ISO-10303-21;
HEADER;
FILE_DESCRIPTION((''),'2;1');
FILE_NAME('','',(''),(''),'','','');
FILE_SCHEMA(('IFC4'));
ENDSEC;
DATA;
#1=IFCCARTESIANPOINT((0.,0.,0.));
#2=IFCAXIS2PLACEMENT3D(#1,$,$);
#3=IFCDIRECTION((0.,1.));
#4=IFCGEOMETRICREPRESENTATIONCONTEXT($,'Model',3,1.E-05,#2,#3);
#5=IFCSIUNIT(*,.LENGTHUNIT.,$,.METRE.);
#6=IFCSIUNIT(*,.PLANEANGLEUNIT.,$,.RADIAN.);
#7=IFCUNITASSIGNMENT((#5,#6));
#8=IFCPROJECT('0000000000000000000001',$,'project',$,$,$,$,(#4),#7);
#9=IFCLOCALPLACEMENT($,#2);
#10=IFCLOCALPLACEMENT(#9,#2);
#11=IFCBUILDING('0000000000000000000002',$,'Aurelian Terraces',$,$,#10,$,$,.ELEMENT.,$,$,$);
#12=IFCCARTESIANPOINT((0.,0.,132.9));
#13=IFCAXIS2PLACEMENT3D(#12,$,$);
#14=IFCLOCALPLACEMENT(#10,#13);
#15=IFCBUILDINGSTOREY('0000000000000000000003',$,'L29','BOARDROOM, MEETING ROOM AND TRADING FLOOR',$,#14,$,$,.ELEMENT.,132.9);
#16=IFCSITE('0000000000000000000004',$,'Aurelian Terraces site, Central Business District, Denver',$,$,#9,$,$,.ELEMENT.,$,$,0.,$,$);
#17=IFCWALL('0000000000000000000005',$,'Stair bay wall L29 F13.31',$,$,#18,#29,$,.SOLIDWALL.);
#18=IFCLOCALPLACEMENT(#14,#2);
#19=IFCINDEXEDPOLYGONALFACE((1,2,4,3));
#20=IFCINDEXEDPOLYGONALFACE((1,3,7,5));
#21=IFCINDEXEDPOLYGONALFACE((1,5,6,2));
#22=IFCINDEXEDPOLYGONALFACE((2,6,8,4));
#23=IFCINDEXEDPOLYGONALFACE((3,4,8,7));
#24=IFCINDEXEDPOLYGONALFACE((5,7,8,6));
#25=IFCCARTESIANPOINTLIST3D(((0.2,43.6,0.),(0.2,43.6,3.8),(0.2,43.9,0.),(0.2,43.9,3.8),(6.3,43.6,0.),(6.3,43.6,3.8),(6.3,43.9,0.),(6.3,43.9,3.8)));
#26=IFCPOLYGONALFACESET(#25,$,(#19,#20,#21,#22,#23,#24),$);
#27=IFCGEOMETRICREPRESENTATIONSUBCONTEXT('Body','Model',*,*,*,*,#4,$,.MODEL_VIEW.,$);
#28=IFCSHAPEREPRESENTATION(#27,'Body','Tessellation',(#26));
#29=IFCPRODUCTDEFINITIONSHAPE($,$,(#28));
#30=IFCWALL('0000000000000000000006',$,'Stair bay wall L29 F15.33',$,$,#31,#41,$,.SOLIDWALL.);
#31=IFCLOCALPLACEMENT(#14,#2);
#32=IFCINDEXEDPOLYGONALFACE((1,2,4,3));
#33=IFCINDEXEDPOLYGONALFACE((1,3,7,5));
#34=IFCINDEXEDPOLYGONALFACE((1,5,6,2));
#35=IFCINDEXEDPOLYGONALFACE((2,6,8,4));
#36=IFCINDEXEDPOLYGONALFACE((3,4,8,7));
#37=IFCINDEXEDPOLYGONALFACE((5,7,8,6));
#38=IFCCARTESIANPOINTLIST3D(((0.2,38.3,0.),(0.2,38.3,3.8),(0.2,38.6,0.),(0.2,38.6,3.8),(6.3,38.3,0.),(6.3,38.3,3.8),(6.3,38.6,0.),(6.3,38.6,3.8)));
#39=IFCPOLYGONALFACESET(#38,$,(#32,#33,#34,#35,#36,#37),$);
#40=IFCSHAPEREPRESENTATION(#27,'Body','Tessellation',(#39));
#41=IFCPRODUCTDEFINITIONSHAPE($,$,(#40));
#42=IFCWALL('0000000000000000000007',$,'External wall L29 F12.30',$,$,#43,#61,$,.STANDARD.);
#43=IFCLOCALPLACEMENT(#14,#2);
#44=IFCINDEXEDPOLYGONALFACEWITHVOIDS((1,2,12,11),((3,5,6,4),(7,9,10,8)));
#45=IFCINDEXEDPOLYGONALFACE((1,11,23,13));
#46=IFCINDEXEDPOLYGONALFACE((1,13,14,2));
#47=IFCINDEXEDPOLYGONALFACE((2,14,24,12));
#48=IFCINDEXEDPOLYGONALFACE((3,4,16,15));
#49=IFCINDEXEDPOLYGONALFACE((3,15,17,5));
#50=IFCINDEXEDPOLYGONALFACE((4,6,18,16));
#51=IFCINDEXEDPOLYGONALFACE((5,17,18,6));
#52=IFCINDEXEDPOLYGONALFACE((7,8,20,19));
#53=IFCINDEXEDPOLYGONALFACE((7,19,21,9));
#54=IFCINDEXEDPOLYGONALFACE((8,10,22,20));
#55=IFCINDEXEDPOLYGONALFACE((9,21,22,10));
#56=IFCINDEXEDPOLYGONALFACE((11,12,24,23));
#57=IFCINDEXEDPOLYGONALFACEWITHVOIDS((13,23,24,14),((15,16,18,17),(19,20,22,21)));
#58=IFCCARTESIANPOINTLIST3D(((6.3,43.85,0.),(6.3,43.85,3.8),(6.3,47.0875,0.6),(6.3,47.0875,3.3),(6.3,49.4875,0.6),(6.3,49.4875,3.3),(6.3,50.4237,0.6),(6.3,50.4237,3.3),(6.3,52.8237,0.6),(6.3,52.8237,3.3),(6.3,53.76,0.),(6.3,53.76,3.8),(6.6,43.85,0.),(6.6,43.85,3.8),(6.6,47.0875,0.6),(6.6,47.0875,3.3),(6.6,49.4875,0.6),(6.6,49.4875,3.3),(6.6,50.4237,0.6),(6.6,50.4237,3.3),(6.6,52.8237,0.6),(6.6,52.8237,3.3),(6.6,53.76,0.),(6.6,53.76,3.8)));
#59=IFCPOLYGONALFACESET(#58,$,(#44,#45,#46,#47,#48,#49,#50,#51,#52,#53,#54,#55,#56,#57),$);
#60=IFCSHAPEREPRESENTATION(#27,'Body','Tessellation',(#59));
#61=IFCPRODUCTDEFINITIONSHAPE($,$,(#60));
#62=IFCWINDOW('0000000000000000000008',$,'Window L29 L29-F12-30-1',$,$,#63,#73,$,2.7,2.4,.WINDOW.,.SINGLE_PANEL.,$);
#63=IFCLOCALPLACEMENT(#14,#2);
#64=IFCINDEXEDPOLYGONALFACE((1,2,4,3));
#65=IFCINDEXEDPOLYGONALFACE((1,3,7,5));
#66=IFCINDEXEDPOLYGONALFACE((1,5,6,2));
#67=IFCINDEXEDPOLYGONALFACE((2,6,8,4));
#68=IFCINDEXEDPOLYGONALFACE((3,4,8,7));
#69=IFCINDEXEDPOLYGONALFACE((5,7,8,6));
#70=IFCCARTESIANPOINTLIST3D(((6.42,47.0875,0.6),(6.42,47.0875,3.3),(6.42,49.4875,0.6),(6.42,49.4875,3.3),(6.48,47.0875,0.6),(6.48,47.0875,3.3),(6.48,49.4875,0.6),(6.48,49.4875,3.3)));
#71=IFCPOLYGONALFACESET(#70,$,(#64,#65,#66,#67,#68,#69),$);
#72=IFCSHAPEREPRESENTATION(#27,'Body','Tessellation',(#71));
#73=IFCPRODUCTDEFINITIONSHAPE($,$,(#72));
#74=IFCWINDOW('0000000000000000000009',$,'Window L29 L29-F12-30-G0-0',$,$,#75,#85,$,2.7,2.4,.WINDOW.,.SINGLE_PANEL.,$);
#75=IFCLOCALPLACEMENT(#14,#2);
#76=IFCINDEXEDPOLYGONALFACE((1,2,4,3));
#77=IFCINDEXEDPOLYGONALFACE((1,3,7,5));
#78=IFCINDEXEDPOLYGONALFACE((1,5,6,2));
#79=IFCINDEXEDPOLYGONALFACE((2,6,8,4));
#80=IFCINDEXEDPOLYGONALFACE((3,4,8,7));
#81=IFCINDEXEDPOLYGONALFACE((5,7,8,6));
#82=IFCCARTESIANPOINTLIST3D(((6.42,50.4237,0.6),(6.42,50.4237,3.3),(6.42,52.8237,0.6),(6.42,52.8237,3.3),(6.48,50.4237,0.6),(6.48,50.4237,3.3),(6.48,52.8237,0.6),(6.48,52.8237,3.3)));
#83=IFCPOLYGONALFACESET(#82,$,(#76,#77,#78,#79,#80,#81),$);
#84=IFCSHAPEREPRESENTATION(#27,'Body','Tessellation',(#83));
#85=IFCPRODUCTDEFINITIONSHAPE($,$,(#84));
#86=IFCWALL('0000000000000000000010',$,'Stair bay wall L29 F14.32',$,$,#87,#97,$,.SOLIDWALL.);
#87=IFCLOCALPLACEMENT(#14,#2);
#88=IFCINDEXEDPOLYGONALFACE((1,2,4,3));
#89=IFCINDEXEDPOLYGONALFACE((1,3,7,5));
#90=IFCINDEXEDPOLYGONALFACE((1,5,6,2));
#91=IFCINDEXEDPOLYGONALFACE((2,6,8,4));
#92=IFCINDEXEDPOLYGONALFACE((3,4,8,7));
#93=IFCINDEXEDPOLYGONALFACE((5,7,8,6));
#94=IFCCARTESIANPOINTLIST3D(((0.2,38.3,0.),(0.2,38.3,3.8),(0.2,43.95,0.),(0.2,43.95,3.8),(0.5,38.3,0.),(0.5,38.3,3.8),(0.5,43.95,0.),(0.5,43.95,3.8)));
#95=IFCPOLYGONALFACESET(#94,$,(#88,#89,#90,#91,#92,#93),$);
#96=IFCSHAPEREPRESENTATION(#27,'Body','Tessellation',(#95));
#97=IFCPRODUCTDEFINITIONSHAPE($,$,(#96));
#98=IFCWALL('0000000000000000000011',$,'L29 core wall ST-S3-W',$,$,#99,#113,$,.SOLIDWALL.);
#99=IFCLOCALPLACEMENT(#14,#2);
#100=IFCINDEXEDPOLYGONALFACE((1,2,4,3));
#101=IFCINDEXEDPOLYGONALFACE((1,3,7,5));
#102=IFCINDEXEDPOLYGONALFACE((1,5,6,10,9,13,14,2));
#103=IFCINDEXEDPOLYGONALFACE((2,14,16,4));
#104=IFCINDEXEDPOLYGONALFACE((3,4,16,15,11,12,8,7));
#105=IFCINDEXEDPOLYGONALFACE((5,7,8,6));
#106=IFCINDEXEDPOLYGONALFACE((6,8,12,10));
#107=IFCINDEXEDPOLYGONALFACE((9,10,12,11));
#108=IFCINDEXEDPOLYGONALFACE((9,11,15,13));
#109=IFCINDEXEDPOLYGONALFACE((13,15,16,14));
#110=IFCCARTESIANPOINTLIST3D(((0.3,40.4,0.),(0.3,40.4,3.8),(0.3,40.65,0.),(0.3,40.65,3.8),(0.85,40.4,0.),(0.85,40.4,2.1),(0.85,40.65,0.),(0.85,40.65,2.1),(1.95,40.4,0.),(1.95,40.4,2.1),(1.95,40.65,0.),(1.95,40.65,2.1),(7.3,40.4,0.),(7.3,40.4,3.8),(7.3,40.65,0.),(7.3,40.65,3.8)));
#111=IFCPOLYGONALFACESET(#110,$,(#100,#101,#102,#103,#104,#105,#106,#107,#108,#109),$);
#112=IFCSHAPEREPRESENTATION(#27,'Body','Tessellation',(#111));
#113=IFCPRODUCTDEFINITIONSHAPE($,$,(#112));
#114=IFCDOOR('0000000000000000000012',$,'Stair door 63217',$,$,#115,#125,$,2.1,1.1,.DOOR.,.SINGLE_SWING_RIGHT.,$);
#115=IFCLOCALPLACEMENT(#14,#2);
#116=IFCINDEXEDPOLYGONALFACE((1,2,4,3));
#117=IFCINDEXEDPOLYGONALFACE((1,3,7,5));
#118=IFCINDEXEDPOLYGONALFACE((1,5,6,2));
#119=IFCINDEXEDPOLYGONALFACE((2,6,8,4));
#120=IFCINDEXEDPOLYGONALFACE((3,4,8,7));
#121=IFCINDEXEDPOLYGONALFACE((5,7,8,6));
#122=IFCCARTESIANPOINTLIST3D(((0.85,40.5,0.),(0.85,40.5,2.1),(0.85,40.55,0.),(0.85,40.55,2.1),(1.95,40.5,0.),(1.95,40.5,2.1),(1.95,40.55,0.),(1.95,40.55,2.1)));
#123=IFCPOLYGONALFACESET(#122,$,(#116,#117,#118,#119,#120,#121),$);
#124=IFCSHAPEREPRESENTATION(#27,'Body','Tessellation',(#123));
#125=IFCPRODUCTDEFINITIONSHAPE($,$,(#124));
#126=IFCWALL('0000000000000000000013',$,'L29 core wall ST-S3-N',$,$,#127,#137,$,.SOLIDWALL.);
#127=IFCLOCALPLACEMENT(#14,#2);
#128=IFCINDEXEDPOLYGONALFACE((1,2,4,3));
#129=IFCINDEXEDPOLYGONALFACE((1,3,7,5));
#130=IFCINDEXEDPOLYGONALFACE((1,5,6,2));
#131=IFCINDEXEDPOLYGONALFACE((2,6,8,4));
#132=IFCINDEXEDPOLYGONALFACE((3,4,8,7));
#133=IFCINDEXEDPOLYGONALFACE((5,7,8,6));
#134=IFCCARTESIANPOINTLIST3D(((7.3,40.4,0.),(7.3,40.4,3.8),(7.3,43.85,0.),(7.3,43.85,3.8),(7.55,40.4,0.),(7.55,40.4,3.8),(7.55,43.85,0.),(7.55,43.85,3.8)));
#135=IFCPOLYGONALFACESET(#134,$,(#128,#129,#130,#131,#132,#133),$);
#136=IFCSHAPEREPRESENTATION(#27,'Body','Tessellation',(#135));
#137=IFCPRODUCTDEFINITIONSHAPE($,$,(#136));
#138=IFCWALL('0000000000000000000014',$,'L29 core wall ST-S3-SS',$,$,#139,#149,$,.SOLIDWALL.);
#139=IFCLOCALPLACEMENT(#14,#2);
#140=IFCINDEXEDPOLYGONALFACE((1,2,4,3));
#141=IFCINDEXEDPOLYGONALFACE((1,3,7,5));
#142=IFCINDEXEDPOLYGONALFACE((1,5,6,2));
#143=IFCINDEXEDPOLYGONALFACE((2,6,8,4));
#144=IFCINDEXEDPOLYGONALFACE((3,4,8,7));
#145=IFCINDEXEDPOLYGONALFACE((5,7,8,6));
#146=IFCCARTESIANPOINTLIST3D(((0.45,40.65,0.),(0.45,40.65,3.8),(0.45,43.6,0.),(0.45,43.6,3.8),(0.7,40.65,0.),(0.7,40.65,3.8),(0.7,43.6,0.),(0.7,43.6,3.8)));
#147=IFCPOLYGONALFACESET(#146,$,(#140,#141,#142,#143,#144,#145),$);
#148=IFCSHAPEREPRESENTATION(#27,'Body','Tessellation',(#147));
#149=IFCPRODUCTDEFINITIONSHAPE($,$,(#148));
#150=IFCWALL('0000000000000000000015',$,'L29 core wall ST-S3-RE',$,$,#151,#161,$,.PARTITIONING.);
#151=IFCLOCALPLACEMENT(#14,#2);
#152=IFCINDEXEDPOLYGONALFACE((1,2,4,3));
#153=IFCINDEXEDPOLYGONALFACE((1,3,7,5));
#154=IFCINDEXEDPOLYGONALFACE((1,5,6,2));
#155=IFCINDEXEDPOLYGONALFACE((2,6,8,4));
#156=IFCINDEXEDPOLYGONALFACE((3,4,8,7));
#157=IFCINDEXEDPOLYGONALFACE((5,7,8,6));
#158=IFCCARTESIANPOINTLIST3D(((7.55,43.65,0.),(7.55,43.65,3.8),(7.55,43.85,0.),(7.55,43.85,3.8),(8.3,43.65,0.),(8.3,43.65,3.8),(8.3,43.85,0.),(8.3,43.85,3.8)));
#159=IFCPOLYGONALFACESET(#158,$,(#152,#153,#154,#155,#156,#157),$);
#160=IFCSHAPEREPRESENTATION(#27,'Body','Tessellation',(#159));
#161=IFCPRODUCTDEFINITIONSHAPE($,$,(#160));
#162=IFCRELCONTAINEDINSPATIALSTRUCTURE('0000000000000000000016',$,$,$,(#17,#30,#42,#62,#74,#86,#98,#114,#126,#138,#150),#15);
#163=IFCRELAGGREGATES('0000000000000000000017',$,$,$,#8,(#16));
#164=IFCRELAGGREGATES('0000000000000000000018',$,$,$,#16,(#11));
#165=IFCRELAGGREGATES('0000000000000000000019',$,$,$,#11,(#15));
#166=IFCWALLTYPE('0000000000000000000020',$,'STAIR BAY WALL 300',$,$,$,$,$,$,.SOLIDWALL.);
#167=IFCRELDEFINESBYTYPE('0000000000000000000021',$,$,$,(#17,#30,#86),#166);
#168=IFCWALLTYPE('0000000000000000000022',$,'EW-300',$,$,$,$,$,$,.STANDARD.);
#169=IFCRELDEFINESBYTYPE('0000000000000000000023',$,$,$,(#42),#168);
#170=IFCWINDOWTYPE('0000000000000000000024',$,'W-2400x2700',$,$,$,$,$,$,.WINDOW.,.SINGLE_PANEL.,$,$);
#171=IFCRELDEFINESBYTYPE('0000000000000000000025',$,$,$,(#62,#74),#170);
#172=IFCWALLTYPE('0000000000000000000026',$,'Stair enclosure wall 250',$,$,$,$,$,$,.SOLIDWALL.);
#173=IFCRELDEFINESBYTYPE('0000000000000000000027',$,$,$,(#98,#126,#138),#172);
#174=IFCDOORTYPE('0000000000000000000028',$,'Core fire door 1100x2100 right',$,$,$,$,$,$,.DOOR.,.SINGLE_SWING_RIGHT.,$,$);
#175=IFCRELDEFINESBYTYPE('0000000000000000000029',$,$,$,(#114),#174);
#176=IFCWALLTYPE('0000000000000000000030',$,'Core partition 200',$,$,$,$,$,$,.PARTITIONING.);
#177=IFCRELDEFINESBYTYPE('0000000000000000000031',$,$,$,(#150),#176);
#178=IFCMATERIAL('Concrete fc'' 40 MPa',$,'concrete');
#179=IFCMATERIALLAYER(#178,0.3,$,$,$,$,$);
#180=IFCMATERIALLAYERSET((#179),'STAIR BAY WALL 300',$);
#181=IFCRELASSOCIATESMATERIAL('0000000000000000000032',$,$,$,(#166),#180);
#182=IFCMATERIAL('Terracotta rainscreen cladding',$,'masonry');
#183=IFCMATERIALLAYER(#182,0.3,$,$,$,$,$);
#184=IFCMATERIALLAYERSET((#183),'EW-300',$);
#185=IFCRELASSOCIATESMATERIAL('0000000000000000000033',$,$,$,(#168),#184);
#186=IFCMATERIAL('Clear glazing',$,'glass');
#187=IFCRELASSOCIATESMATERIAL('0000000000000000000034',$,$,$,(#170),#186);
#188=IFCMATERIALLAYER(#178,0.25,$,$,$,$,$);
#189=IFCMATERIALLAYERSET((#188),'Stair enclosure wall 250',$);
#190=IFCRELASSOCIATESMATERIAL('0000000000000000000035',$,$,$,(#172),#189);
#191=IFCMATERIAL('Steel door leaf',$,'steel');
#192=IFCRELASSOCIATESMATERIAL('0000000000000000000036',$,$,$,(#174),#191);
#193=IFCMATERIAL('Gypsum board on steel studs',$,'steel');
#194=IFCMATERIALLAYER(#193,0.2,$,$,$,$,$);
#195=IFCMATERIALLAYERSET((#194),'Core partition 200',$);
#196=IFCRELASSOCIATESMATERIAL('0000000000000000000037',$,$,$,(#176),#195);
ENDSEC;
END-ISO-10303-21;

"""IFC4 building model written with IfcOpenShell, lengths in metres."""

from ifc_helpers import new_model, si_unit, direction, frame, frame_2d, origin, place, context, subcontext, project, spatial, rectangle, extrude, source, transform, mapped, material, layer, layer_set, type_object, element, fill, save


model = new_model("IFC4")

# Units and contexts
model_context = context("Model", 3, precision=1e-05, world=origin(), true_north=direction((0.0, 1.0)))
body_context = subcontext(model_context, "Body", "Model", "MODEL_VIEW")
ifc_project = project(units=[si_unit("LENGTHUNIT", "METRE"), si_unit("PLANEANGLEUNIT", "RADIAN")], contexts=[model_context])

# Site, building, storey
site_placement = place(None, origin())
site = spatial("IfcSite", under=ifc_project, at=site_placement, Name="Aurelian Terraces site, Central Business District, Denver", CompositionType="ELEMENT", RefElevation=0.0)
building_placement = place(site_placement, origin())
building = spatial("IfcBuilding", under=site, at=building_placement, Name="Aurelian Terraces", CompositionType="ELEMENT")
storey_placement = place(building_placement, frame((0.0, 0.0, 132.9)))
storey = spatial("IfcBuildingStorey", under=building, at=storey_placement, Name="L29", Description="BOARDROOM, MEETING ROOM AND TRADING FLOOR", CompositionType="ELEMENT", Elevation=132.9)

# Walls
ifc_material_1 = material(Name="Concrete fc' 40 MPa", Category="concrete")
ifc_layer_1 = layer(ifc_material_1, 0.3)
ifc_layer_set_1 = layer_set([ifc_layer_1], Name="STAIR BAY WALL 300")
wall_type_1 = type_object("IfcWallType", Name="STAIR BAY WALL 300", PredefinedType="SOLIDWALL", material=ifc_layer_set_1)
shared_shape_1 = source(origin(), body_context, "Body", "SweptSolid", [
    extrude(rectangle(XDim=6.1, YDim=0.3, at=frame_2d((3.05, 0.0))), origin(), (0.0, 0.0, 1.0), 3.8),
])
for number, where, z_axis, x_axis, name in (
    (1, (6.3, 43.75, 0.0), (0.0, 0.0, 1.0), (-1.0, 0.0, 0.0), "Stair bay wall L29 F13.31"),
    (2, (0.2, 38.45, 0.0), (0.0, 0.0, 1.0), (1.0, 0.0, 0.0), "Stair bay wall L29 F15.33"),
):
    element("IfcWall", number, at=place(storey_placement, frame(where, z_axis=z_axis, x_axis=x_axis)), inside=storey, type_object=wall_type_1, Name=name, PredefinedType="SOLIDWALL", context=body_context, shape_type="MappedRepresentation", body=[
        mapped(shared_shape_1, transform((0.0, 0.0, 0.0), scale=1.0)),
    ])

# Wall, openings, windows
ifc_material_2 = material(Name="Terracotta rainscreen cladding", Category="masonry")
ifc_layer_2 = layer(ifc_material_2, 0.3)
ifc_layer_set_2 = layer_set([ifc_layer_2], Name="EW-300")
wall_type_2 = type_object("IfcWallType", Name="EW-300", PredefinedType="STANDARD", material=ifc_layer_set_2)
shared_shape_2 = source(origin(), body_context, "Body", "SweptSolid", [
    extrude(rectangle(XDim=9.91, YDim=0.3, at=frame_2d((4.955, 0.0))), origin(), (0.0, 0.0, 1.0), 3.8),
])
wall_1_placement = place(storey_placement, frame((6.45, 53.76, 0.0), z_axis=(0.0, 0.0, 1.0), x_axis=(0.0, -1.0, 0.0)))
wall_1 = element("IfcWall", 3, at=wall_1_placement, inside=storey, type_object=wall_type_2, Name="External wall L29 F12.30", PredefinedType="STANDARD", context=body_context, shape_type="MappedRepresentation", body=[
    mapped(shared_shape_2, transform((0.0, 0.0, 0.0), scale=1.0)),
])
shared_shape_3 = source(origin(), body_context, "Body", "SweptSolid", [
    extrude(rectangle(XDim=2.4, YDim=2.7, at=frame_2d((1.2, 1.35))), frame((0.0, 0.16, 0.0), z_axis=(0.0, -1.0, 0.0), x_axis=(1.0, 0.0, 0.0)), (0.0, 0.0, 1.0), 0.32),
])
opening_1_placement = place(wall_1_placement, frame((4.2725, 0.0, 0.6)))
opening_1 = element("IfcOpeningElement", 4, at=opening_1_placement, cuts=wall_1, PredefinedType="OPENING", context=body_context, shape_type="MappedRepresentation", body=[
    mapped(shared_shape_3, transform((0.0, 0.0, 0.0), scale=1.0)),
])
opening_2_placement = place(wall_1_placement, frame((0.9363, 0.0, 0.6)))
opening_2 = element("IfcOpeningElement", 5, at=opening_2_placement, cuts=wall_1, PredefinedType="OPENING", context=body_context, shape_type="MappedRepresentation", body=[
    mapped(shared_shape_3, transform((0.0, 0.0, 0.0), scale=1.0)),
])
ifc_material_3 = material(Name="Clear glazing", Category="glass")
window_type = type_object("IfcWindowType", Name="W-2400x2700", PartitioningType="SINGLE_PANEL", PredefinedType="WINDOW", material=ifc_material_3)
shared_shape_4 = source(origin(), body_context, "Body", "SweptSolid", [
    extrude(rectangle(XDim=2.4, YDim=2.7, at=frame_2d((1.2, 1.35))), frame((0.0, 0.03, 0.0), z_axis=(0.0, -1.0, 0.0), x_axis=(1.0, 0.0, 0.0)), (0.0, 0.0, 1.0), 0.06),
])
window_1_placement = place(opening_1_placement, origin())
window_1 = element("IfcWindow", 6, at=window_1_placement, inside=storey, type_object=window_type, Name="Window L29 L29-F12-30-1", OverallHeight=2.7, OverallWidth=2.4, PartitioningType="SINGLE_PANEL", PredefinedType="WINDOW", context=body_context, shape_type="MappedRepresentation", body=[
    mapped(shared_shape_4, transform((0.0, 0.0, 0.0), scale=1.0)),
])
fill(opening_1, window_1)
window_2_placement = place(opening_2_placement, origin())
window_2 = element("IfcWindow", 7, at=window_2_placement, inside=storey, type_object=window_type, Name="Window L29 L29-F12-30-G0-0", OverallHeight=2.7, OverallWidth=2.4, PartitioningType="SINGLE_PANEL", PredefinedType="WINDOW", context=body_context, shape_type="MappedRepresentation", body=[
    mapped(shared_shape_4, transform((0.0, 0.0, 0.0), scale=1.0)),
])
fill(opening_2, window_2)

# Wall
shared_shape_5 = source(origin(), body_context, "Body", "SweptSolid", [
    extrude(rectangle(XDim=5.65, YDim=0.3, at=frame_2d((2.825, 0.0))), origin(), (0.0, 0.0, 1.0), 3.8),
])
wall_2_placement = place(storey_placement, frame((0.35, 43.95, 0.0), z_axis=(0.0, 0.0, 1.0), x_axis=(0.0, -1.0, 0.0)))
element("IfcWall", 8, at=wall_2_placement, inside=storey, type_object=wall_type_1, Name="Stair bay wall L29 F14.32", PredefinedType="SOLIDWALL", context=body_context, shape_type="MappedRepresentation", body=[
    mapped(shared_shape_5, transform((0.0, 0.0, 0.0), scale=1.0)),
])

# Wall, opening, door
ifc_layer_3 = layer(ifc_material_1, 0.25)
ifc_layer_set_3 = layer_set([ifc_layer_3], Name="Stair enclosure wall 250")
wall_type_3 = type_object("IfcWallType", Name="Stair enclosure wall 250", PredefinedType="SOLIDWALL", material=ifc_layer_set_3)
shared_shape_6 = source(origin(), body_context, "Body", "SweptSolid", [
    extrude(rectangle(XDim=7.0, YDim=0.25, at=frame_2d((3.5, 0.0))), origin(), (0.0, 0.0, 1.0), 3.8),
])
wall_3_placement = place(storey_placement, frame((0.3, 40.525, 0.0), z_axis=(0.0, 0.0, 1.0), x_axis=(1.0, 0.0, 0.0)))
wall_3 = element("IfcWall", 9, at=wall_3_placement, inside=storey, type_object=wall_type_3, Name="L29 core wall ST-S3-W", PredefinedType="SOLIDWALL", context=body_context, shape_type="MappedRepresentation", body=[
    mapped(shared_shape_6, transform((0.0, 0.0, 0.0), scale=1.0)),
])
shared_shape_7 = source(origin(), body_context, "Body", "SweptSolid", [
    extrude(rectangle(XDim=1.1, YDim=2.1, at=frame_2d((0.55, 1.05))), frame((0.0, 0.135, 0.0), z_axis=(0.0, -1.0, 0.0), x_axis=(1.0, 0.0, 0.0)), (0.0, 0.0, 1.0), 0.27),
])
opening_3_placement = place(wall_3_placement, frame((0.55, 0.0, 0.0)))
opening_3 = element("IfcOpeningElement", 10, at=opening_3_placement, cuts=wall_3, PredefinedType="OPENING", context=body_context, shape_type="MappedRepresentation", body=[
    mapped(shared_shape_7, transform((0.0, 0.0, 0.0), scale=1.0)),
])
ifc_material_4 = material(Name="Steel door leaf", Category="steel")
door_type = type_object("IfcDoorType", Name="Core fire door 1100x2100 right", OperationType="SINGLE_SWING_RIGHT", PredefinedType="DOOR", material=ifc_material_4)
shared_shape_8 = source(origin(), body_context, "Body", "SweptSolid", [
    extrude(rectangle(XDim=1.1, YDim=2.1, at=frame_2d((0.55, 1.05))), frame((0.0, 0.025, 0.0), z_axis=(0.0, -1.0, 0.0), x_axis=(1.0, 0.0, 0.0)), (0.0, 0.0, 1.0), 0.05),
])
door_placement = place(opening_3_placement, origin())
door = element("IfcDoor", 11, at=door_placement, inside=storey, type_object=door_type, Name="Stair door 63217", OperationType="SINGLE_SWING_RIGHT", OverallHeight=2.1, OverallWidth=1.1, PredefinedType="DOOR", context=body_context, shape_type="MappedRepresentation", body=[
    mapped(shared_shape_8, transform((0.0, 0.0, 0.0), scale=1.0)),
])
fill(opening_3, door)

# Walls
shared_shape_9 = source(origin(), body_context, "Body", "SweptSolid", [
    extrude(rectangle(XDim=3.45, YDim=0.25, at=frame_2d((1.725, 0.0))), origin(), (0.0, 0.0, 1.0), 3.8),
])
wall_4_placement = place(storey_placement, frame((7.425, 40.4, 0.0), z_axis=(0.0, 0.0, 1.0), x_axis=(0.0, 1.0, 0.0)))
element("IfcWall", 12, at=wall_4_placement, inside=storey, type_object=wall_type_3, Name="L29 core wall ST-S3-N", PredefinedType="SOLIDWALL", context=body_context, shape_type="MappedRepresentation", body=[
    mapped(shared_shape_9, transform((0.0, 0.0, 0.0), scale=1.0)),
])
shared_shape_10 = source(origin(), body_context, "Body", "SweptSolid", [
    extrude(rectangle(XDim=2.95, YDim=0.25, at=frame_2d((1.475, 0.0))), origin(), (0.0, 0.0, 1.0), 3.8),
])
wall_5_placement = place(storey_placement, frame((0.575, 40.65, 0.0), z_axis=(0.0, 0.0, 1.0), x_axis=(0.0, 1.0, 0.0)))
element("IfcWall", 13, at=wall_5_placement, inside=storey, type_object=wall_type_3, Name="L29 core wall ST-S3-SS", PredefinedType="SOLIDWALL", context=body_context, shape_type="MappedRepresentation", body=[
    mapped(shared_shape_10, transform((0.0, 0.0, 0.0), scale=1.0)),
])
ifc_material_5 = material(Name="Gypsum board on steel studs", Category="steel")
ifc_layer_4 = layer(ifc_material_5, 0.2)
ifc_layer_set_4 = layer_set([ifc_layer_4], Name="Core partition 200")
wall_type_4 = type_object("IfcWallType", Name="Core partition 200", PredefinedType="PARTITIONING", material=ifc_layer_set_4)
shared_shape_11 = source(origin(), body_context, "Body", "SweptSolid", [
    extrude(rectangle(XDim=0.75, YDim=0.2, at=frame_2d((0.375, 0.0))), origin(), (0.0, 0.0, 1.0), 3.8),
])
wall_6_placement = place(storey_placement, frame((7.55, 43.75, 0.0), z_axis=(0.0, 0.0, 1.0), x_axis=(1.0, 0.0, 0.0)))
element("IfcWall", 14, at=wall_6_placement, inside=storey, type_object=wall_type_4, Name="L29 core wall ST-S3-RE", PredefinedType="PARTITIONING", context=body_context, shape_type="MappedRepresentation", body=[
    mapped(shared_shape_11, transform((0.0, 0.0, 0.0), scale=1.0)),
])

save(model, "model.ifc")
